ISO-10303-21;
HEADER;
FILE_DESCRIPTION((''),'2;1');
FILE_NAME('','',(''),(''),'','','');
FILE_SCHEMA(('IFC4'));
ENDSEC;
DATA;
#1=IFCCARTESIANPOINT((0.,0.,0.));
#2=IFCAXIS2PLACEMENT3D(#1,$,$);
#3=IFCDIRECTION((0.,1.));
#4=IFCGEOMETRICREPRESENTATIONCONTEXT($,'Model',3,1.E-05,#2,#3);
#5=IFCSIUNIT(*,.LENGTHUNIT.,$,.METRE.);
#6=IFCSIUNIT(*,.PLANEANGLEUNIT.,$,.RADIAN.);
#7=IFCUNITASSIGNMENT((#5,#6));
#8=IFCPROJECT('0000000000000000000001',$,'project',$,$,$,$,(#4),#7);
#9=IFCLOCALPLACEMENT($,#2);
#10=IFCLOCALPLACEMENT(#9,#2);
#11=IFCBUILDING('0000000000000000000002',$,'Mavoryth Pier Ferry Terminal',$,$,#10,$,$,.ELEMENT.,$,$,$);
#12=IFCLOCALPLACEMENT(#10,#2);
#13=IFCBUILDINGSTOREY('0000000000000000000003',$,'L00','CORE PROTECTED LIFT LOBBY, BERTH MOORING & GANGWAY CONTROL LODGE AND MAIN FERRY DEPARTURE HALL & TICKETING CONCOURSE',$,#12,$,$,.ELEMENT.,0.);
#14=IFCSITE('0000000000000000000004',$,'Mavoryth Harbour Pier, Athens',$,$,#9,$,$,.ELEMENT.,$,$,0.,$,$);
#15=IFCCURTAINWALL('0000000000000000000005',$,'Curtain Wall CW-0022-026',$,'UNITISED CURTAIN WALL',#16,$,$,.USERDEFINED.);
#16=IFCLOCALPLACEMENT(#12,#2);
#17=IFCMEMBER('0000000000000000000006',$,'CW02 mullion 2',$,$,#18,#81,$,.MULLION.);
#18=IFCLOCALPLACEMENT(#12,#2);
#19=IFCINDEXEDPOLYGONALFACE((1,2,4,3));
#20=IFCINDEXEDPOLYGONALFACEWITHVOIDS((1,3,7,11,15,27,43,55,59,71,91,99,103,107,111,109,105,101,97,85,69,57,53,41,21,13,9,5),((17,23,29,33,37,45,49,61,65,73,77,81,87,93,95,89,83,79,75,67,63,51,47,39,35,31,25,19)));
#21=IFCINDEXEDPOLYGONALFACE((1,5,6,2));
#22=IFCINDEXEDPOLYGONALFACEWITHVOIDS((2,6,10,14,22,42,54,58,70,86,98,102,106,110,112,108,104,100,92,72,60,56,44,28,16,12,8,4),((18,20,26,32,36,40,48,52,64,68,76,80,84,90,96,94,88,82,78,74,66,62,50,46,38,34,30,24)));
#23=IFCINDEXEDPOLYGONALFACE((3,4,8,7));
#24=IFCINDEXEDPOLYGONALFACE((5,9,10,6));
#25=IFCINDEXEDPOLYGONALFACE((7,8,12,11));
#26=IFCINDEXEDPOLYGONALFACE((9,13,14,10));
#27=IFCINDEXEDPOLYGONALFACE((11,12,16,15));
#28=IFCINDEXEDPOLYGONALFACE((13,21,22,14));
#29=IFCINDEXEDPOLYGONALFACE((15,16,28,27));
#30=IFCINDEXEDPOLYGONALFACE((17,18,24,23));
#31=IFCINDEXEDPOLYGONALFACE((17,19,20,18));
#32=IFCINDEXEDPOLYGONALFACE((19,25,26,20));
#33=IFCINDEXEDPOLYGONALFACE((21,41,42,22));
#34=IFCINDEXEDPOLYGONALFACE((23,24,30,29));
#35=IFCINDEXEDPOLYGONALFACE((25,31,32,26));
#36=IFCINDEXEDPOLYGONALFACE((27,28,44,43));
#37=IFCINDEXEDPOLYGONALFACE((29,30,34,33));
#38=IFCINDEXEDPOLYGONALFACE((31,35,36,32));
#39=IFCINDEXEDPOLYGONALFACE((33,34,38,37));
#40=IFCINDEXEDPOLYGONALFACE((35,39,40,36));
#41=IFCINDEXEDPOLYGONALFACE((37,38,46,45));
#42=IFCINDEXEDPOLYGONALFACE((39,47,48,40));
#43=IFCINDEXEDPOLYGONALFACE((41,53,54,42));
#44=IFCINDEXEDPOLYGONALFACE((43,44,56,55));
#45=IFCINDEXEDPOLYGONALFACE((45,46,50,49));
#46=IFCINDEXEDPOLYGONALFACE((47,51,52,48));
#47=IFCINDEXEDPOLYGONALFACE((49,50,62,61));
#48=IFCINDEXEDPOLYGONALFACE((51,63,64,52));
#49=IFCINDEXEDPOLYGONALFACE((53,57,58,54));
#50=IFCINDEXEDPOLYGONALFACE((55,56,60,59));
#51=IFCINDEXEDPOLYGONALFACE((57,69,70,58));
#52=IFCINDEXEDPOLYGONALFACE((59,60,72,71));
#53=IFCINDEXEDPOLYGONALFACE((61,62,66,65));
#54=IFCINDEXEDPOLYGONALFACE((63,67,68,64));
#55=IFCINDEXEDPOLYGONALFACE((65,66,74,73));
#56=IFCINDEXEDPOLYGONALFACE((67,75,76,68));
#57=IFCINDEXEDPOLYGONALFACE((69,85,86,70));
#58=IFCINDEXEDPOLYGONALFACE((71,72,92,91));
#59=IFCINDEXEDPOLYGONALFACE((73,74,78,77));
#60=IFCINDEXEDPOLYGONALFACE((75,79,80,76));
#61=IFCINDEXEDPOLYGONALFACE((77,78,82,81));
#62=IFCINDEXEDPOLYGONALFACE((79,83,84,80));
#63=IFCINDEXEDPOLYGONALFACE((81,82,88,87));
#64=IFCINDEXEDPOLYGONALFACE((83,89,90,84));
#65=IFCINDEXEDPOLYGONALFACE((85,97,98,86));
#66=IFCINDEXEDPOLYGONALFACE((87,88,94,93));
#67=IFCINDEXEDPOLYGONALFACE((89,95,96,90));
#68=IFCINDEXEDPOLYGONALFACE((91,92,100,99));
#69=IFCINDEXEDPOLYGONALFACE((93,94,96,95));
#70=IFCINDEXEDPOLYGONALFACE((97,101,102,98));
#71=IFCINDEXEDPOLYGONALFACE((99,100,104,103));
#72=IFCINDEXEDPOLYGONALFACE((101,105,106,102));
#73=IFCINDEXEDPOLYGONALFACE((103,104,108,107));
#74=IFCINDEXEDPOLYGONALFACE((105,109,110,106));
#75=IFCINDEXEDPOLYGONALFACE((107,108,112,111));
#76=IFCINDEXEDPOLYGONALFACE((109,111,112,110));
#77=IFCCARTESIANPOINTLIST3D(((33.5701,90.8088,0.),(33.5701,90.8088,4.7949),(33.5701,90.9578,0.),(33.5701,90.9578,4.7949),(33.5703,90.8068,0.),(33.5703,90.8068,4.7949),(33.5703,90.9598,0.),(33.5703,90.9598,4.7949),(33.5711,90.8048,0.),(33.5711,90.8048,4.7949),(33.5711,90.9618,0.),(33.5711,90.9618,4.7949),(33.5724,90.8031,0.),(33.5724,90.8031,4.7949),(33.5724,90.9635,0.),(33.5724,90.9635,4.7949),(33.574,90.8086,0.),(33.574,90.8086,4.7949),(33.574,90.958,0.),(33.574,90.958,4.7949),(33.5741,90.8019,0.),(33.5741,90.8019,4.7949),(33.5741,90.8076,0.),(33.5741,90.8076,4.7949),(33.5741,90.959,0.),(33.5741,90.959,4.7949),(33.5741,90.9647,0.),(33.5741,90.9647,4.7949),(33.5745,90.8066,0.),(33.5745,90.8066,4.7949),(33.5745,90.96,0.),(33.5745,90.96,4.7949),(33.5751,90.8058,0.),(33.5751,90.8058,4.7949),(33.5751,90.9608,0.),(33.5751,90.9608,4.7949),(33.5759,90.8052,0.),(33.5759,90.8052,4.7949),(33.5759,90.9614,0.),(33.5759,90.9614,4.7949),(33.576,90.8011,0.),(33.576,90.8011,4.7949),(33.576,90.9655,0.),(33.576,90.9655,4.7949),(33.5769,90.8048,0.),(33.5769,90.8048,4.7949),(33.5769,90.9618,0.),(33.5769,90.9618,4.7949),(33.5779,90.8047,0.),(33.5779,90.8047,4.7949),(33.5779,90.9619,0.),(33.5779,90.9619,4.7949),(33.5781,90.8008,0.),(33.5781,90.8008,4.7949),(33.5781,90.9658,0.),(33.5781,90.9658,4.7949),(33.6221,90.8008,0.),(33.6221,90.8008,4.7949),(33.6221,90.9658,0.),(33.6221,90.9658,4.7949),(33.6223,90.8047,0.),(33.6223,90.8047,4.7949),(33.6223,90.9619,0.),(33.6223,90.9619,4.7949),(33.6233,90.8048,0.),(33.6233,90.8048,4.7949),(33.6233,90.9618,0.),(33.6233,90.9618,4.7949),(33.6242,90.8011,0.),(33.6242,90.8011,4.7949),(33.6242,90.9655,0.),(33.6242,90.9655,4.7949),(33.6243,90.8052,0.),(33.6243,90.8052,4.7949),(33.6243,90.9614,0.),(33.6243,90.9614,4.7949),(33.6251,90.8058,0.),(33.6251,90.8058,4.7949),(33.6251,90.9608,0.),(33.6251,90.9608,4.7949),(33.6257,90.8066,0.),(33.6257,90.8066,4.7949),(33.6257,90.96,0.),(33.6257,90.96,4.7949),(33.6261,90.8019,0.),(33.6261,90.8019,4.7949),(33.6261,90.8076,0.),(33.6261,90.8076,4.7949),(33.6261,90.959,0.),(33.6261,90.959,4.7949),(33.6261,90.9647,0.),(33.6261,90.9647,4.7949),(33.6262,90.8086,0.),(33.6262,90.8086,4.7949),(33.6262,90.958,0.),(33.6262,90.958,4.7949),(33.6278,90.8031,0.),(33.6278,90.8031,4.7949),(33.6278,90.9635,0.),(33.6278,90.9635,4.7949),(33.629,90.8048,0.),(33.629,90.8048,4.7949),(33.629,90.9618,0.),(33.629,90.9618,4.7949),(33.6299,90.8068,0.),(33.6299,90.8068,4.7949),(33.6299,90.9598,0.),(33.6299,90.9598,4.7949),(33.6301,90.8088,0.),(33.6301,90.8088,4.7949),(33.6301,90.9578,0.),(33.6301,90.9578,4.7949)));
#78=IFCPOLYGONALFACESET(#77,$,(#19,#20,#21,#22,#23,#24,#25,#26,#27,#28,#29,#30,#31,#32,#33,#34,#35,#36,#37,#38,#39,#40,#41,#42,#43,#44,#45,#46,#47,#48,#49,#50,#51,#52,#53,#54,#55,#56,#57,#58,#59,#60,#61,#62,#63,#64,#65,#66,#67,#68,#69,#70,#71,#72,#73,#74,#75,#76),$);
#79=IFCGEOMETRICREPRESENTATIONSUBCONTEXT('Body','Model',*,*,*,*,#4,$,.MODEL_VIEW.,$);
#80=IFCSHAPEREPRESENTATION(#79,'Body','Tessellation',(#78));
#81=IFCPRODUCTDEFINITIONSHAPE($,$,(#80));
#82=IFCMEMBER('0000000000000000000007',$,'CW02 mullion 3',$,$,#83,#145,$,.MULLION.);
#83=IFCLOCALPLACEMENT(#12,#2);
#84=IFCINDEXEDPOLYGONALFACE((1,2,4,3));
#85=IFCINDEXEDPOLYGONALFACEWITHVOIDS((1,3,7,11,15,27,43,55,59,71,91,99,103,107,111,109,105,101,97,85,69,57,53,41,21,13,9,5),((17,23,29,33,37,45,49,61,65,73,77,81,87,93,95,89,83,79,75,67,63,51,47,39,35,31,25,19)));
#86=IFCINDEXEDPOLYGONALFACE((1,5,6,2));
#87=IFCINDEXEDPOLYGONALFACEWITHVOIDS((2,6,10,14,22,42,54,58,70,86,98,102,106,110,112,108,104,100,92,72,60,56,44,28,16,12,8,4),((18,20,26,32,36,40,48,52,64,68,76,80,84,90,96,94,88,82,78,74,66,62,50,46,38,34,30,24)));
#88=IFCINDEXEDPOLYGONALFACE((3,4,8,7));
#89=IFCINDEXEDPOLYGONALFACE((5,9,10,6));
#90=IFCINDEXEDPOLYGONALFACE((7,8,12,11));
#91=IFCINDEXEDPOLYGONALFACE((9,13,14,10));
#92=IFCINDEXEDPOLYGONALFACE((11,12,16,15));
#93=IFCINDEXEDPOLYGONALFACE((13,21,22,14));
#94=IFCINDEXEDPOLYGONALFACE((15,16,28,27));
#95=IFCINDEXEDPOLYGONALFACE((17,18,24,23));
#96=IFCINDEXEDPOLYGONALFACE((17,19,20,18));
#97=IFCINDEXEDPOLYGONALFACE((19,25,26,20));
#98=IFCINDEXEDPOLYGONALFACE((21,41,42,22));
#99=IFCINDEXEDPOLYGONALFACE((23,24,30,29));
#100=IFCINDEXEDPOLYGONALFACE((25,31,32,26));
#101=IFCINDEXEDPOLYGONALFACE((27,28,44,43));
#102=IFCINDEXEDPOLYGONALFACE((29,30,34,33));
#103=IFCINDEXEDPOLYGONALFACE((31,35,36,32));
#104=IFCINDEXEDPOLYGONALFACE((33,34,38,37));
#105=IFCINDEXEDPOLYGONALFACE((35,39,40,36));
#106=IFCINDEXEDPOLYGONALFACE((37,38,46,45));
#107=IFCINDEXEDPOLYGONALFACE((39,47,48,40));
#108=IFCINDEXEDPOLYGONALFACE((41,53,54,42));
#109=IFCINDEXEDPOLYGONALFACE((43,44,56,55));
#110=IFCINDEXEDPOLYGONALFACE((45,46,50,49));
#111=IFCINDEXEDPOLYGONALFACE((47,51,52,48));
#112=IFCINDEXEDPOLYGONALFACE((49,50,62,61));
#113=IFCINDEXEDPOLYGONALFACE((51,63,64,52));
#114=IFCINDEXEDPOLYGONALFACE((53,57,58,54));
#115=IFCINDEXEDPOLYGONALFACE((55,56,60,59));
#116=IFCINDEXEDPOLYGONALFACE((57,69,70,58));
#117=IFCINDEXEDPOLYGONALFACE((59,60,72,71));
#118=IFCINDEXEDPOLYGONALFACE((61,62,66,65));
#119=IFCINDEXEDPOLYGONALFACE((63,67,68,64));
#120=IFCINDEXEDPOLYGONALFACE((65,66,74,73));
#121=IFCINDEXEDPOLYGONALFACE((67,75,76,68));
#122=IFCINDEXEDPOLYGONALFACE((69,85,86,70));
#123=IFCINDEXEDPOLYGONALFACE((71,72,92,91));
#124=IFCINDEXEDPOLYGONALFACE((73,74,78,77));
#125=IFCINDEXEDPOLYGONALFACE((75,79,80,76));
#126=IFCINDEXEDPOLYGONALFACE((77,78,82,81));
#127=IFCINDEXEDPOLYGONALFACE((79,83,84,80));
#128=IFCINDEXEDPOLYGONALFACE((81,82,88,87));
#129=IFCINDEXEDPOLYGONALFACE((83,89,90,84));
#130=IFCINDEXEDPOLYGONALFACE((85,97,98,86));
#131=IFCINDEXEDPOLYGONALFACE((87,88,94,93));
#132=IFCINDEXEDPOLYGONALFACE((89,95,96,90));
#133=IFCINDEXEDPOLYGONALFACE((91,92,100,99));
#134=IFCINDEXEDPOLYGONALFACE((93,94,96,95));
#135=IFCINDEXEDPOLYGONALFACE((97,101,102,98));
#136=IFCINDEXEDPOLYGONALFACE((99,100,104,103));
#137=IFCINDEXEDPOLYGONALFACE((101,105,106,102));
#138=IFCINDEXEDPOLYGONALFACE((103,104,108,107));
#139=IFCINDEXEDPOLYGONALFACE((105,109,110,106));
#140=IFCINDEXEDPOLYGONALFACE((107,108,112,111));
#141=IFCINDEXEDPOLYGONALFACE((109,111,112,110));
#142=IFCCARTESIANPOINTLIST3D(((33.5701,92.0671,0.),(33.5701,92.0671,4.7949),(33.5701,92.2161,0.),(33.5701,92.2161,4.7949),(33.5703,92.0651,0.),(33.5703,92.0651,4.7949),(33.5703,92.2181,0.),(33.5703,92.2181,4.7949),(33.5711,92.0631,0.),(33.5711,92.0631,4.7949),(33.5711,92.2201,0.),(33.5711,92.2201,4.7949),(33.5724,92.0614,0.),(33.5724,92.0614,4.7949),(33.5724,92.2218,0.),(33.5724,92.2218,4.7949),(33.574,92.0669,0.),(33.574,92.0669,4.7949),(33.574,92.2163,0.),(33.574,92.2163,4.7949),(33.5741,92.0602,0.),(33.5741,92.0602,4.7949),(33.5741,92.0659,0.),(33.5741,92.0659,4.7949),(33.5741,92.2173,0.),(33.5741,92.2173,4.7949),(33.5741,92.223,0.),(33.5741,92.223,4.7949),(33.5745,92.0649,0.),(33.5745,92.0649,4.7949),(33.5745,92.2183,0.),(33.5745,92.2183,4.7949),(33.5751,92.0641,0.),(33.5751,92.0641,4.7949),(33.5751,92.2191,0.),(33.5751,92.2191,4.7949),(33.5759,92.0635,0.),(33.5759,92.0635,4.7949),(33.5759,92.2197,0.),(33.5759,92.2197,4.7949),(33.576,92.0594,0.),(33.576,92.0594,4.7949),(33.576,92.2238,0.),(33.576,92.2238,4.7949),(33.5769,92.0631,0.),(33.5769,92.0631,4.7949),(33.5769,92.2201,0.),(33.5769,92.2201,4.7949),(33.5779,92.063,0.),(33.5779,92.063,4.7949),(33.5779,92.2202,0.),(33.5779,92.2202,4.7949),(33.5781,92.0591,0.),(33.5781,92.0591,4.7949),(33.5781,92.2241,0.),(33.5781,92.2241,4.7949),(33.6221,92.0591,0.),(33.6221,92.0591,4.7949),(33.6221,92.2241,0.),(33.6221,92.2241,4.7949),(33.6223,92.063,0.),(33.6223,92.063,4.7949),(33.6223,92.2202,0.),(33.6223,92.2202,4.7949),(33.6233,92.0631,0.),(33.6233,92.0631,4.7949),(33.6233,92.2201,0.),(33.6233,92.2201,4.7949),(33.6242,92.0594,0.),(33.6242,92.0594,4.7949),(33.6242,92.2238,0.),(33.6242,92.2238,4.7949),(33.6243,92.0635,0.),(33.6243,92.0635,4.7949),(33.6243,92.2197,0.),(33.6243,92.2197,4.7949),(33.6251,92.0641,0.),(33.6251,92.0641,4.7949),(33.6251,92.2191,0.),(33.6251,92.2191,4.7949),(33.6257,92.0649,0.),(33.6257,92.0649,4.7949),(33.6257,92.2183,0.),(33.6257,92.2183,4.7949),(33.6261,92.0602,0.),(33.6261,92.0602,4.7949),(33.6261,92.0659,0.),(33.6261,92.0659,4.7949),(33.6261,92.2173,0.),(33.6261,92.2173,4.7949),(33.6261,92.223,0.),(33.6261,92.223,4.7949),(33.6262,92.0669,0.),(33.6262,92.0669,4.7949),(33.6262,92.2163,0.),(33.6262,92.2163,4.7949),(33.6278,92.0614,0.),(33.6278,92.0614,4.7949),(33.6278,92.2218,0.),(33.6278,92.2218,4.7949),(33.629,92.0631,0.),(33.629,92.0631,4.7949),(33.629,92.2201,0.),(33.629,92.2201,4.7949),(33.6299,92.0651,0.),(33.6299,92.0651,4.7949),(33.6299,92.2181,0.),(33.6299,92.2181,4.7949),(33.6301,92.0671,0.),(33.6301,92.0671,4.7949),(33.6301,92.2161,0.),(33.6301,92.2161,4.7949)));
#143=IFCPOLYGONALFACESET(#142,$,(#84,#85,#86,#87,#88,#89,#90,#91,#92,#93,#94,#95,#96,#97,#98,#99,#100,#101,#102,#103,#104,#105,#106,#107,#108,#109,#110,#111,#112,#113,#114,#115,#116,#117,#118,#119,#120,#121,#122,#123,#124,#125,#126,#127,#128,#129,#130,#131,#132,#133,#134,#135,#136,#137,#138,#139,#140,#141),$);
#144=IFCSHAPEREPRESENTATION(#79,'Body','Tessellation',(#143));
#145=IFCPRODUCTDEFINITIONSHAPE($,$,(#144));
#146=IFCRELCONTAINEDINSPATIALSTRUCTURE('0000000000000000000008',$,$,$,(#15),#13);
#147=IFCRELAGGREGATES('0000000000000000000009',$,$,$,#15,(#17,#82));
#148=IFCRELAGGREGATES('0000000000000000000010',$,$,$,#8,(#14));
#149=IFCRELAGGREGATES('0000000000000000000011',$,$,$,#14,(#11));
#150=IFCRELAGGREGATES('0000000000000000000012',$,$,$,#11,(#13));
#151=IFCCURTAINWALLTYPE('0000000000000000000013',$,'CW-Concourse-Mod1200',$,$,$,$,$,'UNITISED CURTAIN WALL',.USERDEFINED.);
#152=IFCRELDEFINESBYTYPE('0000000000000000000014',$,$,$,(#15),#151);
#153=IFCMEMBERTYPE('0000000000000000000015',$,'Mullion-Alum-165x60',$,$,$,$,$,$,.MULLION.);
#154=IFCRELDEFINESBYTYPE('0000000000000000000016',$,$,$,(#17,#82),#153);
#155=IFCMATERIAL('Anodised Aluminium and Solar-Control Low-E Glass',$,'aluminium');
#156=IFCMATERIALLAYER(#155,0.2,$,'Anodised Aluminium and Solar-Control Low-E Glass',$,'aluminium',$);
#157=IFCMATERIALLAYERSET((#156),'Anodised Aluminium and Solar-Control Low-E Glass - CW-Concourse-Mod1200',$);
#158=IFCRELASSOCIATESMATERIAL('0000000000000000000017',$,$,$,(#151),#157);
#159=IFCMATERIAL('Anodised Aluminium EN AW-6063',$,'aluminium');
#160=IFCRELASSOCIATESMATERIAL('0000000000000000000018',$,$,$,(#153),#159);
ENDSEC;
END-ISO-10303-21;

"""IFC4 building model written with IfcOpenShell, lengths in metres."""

from ifc_helpers import new_model, si_unit, direction, frame, origin, origin_2d, place, context, subcontext, project, spatial, hollow_rectangle, extrude, material, layer, layer_set, material_profile, profile_set, type_object, element, aggregate, save


model = new_model("IFC4")

# Units and contexts
model_context = context("Model", 3, precision=1e-05, world=origin(), true_north=direction((0.0, 1.0)))
body_context = subcontext(model_context, "Body", "Model", "MODEL_VIEW")
ifc_project = project(units=[si_unit("LENGTHUNIT", "METRE"), si_unit("PLANEANGLEUNIT", "RADIAN")], contexts=[model_context])

# Site, building, storey
site_placement = place(None, origin())
site = spatial("IfcSite", under=ifc_project, at=site_placement, Name="Mavoryth Harbour Pier, Athens", CompositionType="ELEMENT", RefElevation=0.0)
building_placement = place(site_placement, origin())
building = spatial("IfcBuilding", under=site, at=building_placement, Name="Mavoryth Pier Ferry Terminal", CompositionType="ELEMENT")
storey_placement = place(building_placement, origin())
storey = spatial("IfcBuildingStorey", under=building, at=storey_placement, Name="L00", Description="CORE PROTECTED LIFT LOBBY, BERTH MOORING & GANGWAY CONTROL LODGE AND MAIN FERRY DEPARTURE HALL & TICKETING CONCOURSE", CompositionType="ELEMENT", Elevation=0.0)

# Curtain wall, members
ifc_material_1 = material(Name="Anodised Aluminium and Solar-Control Low-E Glass", Category="aluminium")
ifc_layer_1 = layer(ifc_material_1, 0.2, Name="Anodised Aluminium and Solar-Control Low-E Glass", Category="aluminium")
ifc_layer_set_1 = layer_set([ifc_layer_1], Name="Anodised Aluminium and Solar-Control Low-E Glass - CW-Concourse-Mod1200")
curtain_wall_type = type_object("IfcCurtainWallType", Name="CW-Concourse-Mod1200", ElementType="UNITISED CURTAIN WALL", PredefinedType="USERDEFINED", material=ifc_layer_set_1)
curtain_wall_placement = place(storey_placement, origin())
curtain_wall = element("IfcCurtainWall", 1, at=curtain_wall_placement, inside=storey, type_object=curtain_wall_type, Name="Curtain Wall CW-0022-026", ObjectType="UNITISED CURTAIN WALL", PredefinedType="USERDEFINED")
ifc_material_2 = material(Name="Anodised Aluminium EN AW-6063", Category="aluminium")
ifc_material_profile_1 = material_profile(ifc_material_2, hollow_rectangle(XDim=0.0601, YDim=0.165, WallThickness=0.0039, InnerFilletRadius=0.0039, OuterFilletRadius=0.0081, at=origin_2d()), Name="AL-MULL 165x60x4", Category="aluminium")
ifc_profile_set_1 = profile_set([ifc_material_profile_1], Name="Anodised Aluminium EN AW-6063 - AL-MULL 165x60x4")
member_type_1 = type_object("IfcMemberType", Name="Mullion-Alum-165x60", PredefinedType="MULLION", material=ifc_profile_set_1)
member_1_placement = place(storey_placement, frame((33.6001, 90.8833, 0.0), z_axis=(0.0, 0.0, 1.0), x_axis=(-1.0, 0.0, 0.0)))
member_1 = element("IfcMember", 2, at=member_1_placement, type_object=member_type_1, Name="CW02 mullion 2", PredefinedType="MULLION", context=body_context, shape_type="SweptSolid", body=[
    extrude(hollow_rectangle(XDim=0.0601, YDim=0.165, WallThickness=0.0039, InnerFilletRadius=0.0039, OuterFilletRadius=0.0081, at=origin_2d()), origin(), (0.0, 0.0, 1.0), 4.7949),
])
member_2_placement = place(storey_placement, frame((33.6001, 92.1416, 0.0), z_axis=(0.0, 0.0, 1.0), x_axis=(-1.0, 0.0, 0.0)))
member_2 = element("IfcMember", 3, at=member_2_placement, type_object=member_type_1, Name="CW02 mullion 3", PredefinedType="MULLION", context=body_context, shape_type="SweptSolid", body=[
    extrude(hollow_rectangle(XDim=0.0601, YDim=0.165, WallThickness=0.0039, InnerFilletRadius=0.0039, OuterFilletRadius=0.0081, at=origin_2d()), origin(), (0.0, 0.0, 1.0), 4.7949),
])
aggregate(curtain_wall, [member_1, member_2])

save(model, "model.ifc")
